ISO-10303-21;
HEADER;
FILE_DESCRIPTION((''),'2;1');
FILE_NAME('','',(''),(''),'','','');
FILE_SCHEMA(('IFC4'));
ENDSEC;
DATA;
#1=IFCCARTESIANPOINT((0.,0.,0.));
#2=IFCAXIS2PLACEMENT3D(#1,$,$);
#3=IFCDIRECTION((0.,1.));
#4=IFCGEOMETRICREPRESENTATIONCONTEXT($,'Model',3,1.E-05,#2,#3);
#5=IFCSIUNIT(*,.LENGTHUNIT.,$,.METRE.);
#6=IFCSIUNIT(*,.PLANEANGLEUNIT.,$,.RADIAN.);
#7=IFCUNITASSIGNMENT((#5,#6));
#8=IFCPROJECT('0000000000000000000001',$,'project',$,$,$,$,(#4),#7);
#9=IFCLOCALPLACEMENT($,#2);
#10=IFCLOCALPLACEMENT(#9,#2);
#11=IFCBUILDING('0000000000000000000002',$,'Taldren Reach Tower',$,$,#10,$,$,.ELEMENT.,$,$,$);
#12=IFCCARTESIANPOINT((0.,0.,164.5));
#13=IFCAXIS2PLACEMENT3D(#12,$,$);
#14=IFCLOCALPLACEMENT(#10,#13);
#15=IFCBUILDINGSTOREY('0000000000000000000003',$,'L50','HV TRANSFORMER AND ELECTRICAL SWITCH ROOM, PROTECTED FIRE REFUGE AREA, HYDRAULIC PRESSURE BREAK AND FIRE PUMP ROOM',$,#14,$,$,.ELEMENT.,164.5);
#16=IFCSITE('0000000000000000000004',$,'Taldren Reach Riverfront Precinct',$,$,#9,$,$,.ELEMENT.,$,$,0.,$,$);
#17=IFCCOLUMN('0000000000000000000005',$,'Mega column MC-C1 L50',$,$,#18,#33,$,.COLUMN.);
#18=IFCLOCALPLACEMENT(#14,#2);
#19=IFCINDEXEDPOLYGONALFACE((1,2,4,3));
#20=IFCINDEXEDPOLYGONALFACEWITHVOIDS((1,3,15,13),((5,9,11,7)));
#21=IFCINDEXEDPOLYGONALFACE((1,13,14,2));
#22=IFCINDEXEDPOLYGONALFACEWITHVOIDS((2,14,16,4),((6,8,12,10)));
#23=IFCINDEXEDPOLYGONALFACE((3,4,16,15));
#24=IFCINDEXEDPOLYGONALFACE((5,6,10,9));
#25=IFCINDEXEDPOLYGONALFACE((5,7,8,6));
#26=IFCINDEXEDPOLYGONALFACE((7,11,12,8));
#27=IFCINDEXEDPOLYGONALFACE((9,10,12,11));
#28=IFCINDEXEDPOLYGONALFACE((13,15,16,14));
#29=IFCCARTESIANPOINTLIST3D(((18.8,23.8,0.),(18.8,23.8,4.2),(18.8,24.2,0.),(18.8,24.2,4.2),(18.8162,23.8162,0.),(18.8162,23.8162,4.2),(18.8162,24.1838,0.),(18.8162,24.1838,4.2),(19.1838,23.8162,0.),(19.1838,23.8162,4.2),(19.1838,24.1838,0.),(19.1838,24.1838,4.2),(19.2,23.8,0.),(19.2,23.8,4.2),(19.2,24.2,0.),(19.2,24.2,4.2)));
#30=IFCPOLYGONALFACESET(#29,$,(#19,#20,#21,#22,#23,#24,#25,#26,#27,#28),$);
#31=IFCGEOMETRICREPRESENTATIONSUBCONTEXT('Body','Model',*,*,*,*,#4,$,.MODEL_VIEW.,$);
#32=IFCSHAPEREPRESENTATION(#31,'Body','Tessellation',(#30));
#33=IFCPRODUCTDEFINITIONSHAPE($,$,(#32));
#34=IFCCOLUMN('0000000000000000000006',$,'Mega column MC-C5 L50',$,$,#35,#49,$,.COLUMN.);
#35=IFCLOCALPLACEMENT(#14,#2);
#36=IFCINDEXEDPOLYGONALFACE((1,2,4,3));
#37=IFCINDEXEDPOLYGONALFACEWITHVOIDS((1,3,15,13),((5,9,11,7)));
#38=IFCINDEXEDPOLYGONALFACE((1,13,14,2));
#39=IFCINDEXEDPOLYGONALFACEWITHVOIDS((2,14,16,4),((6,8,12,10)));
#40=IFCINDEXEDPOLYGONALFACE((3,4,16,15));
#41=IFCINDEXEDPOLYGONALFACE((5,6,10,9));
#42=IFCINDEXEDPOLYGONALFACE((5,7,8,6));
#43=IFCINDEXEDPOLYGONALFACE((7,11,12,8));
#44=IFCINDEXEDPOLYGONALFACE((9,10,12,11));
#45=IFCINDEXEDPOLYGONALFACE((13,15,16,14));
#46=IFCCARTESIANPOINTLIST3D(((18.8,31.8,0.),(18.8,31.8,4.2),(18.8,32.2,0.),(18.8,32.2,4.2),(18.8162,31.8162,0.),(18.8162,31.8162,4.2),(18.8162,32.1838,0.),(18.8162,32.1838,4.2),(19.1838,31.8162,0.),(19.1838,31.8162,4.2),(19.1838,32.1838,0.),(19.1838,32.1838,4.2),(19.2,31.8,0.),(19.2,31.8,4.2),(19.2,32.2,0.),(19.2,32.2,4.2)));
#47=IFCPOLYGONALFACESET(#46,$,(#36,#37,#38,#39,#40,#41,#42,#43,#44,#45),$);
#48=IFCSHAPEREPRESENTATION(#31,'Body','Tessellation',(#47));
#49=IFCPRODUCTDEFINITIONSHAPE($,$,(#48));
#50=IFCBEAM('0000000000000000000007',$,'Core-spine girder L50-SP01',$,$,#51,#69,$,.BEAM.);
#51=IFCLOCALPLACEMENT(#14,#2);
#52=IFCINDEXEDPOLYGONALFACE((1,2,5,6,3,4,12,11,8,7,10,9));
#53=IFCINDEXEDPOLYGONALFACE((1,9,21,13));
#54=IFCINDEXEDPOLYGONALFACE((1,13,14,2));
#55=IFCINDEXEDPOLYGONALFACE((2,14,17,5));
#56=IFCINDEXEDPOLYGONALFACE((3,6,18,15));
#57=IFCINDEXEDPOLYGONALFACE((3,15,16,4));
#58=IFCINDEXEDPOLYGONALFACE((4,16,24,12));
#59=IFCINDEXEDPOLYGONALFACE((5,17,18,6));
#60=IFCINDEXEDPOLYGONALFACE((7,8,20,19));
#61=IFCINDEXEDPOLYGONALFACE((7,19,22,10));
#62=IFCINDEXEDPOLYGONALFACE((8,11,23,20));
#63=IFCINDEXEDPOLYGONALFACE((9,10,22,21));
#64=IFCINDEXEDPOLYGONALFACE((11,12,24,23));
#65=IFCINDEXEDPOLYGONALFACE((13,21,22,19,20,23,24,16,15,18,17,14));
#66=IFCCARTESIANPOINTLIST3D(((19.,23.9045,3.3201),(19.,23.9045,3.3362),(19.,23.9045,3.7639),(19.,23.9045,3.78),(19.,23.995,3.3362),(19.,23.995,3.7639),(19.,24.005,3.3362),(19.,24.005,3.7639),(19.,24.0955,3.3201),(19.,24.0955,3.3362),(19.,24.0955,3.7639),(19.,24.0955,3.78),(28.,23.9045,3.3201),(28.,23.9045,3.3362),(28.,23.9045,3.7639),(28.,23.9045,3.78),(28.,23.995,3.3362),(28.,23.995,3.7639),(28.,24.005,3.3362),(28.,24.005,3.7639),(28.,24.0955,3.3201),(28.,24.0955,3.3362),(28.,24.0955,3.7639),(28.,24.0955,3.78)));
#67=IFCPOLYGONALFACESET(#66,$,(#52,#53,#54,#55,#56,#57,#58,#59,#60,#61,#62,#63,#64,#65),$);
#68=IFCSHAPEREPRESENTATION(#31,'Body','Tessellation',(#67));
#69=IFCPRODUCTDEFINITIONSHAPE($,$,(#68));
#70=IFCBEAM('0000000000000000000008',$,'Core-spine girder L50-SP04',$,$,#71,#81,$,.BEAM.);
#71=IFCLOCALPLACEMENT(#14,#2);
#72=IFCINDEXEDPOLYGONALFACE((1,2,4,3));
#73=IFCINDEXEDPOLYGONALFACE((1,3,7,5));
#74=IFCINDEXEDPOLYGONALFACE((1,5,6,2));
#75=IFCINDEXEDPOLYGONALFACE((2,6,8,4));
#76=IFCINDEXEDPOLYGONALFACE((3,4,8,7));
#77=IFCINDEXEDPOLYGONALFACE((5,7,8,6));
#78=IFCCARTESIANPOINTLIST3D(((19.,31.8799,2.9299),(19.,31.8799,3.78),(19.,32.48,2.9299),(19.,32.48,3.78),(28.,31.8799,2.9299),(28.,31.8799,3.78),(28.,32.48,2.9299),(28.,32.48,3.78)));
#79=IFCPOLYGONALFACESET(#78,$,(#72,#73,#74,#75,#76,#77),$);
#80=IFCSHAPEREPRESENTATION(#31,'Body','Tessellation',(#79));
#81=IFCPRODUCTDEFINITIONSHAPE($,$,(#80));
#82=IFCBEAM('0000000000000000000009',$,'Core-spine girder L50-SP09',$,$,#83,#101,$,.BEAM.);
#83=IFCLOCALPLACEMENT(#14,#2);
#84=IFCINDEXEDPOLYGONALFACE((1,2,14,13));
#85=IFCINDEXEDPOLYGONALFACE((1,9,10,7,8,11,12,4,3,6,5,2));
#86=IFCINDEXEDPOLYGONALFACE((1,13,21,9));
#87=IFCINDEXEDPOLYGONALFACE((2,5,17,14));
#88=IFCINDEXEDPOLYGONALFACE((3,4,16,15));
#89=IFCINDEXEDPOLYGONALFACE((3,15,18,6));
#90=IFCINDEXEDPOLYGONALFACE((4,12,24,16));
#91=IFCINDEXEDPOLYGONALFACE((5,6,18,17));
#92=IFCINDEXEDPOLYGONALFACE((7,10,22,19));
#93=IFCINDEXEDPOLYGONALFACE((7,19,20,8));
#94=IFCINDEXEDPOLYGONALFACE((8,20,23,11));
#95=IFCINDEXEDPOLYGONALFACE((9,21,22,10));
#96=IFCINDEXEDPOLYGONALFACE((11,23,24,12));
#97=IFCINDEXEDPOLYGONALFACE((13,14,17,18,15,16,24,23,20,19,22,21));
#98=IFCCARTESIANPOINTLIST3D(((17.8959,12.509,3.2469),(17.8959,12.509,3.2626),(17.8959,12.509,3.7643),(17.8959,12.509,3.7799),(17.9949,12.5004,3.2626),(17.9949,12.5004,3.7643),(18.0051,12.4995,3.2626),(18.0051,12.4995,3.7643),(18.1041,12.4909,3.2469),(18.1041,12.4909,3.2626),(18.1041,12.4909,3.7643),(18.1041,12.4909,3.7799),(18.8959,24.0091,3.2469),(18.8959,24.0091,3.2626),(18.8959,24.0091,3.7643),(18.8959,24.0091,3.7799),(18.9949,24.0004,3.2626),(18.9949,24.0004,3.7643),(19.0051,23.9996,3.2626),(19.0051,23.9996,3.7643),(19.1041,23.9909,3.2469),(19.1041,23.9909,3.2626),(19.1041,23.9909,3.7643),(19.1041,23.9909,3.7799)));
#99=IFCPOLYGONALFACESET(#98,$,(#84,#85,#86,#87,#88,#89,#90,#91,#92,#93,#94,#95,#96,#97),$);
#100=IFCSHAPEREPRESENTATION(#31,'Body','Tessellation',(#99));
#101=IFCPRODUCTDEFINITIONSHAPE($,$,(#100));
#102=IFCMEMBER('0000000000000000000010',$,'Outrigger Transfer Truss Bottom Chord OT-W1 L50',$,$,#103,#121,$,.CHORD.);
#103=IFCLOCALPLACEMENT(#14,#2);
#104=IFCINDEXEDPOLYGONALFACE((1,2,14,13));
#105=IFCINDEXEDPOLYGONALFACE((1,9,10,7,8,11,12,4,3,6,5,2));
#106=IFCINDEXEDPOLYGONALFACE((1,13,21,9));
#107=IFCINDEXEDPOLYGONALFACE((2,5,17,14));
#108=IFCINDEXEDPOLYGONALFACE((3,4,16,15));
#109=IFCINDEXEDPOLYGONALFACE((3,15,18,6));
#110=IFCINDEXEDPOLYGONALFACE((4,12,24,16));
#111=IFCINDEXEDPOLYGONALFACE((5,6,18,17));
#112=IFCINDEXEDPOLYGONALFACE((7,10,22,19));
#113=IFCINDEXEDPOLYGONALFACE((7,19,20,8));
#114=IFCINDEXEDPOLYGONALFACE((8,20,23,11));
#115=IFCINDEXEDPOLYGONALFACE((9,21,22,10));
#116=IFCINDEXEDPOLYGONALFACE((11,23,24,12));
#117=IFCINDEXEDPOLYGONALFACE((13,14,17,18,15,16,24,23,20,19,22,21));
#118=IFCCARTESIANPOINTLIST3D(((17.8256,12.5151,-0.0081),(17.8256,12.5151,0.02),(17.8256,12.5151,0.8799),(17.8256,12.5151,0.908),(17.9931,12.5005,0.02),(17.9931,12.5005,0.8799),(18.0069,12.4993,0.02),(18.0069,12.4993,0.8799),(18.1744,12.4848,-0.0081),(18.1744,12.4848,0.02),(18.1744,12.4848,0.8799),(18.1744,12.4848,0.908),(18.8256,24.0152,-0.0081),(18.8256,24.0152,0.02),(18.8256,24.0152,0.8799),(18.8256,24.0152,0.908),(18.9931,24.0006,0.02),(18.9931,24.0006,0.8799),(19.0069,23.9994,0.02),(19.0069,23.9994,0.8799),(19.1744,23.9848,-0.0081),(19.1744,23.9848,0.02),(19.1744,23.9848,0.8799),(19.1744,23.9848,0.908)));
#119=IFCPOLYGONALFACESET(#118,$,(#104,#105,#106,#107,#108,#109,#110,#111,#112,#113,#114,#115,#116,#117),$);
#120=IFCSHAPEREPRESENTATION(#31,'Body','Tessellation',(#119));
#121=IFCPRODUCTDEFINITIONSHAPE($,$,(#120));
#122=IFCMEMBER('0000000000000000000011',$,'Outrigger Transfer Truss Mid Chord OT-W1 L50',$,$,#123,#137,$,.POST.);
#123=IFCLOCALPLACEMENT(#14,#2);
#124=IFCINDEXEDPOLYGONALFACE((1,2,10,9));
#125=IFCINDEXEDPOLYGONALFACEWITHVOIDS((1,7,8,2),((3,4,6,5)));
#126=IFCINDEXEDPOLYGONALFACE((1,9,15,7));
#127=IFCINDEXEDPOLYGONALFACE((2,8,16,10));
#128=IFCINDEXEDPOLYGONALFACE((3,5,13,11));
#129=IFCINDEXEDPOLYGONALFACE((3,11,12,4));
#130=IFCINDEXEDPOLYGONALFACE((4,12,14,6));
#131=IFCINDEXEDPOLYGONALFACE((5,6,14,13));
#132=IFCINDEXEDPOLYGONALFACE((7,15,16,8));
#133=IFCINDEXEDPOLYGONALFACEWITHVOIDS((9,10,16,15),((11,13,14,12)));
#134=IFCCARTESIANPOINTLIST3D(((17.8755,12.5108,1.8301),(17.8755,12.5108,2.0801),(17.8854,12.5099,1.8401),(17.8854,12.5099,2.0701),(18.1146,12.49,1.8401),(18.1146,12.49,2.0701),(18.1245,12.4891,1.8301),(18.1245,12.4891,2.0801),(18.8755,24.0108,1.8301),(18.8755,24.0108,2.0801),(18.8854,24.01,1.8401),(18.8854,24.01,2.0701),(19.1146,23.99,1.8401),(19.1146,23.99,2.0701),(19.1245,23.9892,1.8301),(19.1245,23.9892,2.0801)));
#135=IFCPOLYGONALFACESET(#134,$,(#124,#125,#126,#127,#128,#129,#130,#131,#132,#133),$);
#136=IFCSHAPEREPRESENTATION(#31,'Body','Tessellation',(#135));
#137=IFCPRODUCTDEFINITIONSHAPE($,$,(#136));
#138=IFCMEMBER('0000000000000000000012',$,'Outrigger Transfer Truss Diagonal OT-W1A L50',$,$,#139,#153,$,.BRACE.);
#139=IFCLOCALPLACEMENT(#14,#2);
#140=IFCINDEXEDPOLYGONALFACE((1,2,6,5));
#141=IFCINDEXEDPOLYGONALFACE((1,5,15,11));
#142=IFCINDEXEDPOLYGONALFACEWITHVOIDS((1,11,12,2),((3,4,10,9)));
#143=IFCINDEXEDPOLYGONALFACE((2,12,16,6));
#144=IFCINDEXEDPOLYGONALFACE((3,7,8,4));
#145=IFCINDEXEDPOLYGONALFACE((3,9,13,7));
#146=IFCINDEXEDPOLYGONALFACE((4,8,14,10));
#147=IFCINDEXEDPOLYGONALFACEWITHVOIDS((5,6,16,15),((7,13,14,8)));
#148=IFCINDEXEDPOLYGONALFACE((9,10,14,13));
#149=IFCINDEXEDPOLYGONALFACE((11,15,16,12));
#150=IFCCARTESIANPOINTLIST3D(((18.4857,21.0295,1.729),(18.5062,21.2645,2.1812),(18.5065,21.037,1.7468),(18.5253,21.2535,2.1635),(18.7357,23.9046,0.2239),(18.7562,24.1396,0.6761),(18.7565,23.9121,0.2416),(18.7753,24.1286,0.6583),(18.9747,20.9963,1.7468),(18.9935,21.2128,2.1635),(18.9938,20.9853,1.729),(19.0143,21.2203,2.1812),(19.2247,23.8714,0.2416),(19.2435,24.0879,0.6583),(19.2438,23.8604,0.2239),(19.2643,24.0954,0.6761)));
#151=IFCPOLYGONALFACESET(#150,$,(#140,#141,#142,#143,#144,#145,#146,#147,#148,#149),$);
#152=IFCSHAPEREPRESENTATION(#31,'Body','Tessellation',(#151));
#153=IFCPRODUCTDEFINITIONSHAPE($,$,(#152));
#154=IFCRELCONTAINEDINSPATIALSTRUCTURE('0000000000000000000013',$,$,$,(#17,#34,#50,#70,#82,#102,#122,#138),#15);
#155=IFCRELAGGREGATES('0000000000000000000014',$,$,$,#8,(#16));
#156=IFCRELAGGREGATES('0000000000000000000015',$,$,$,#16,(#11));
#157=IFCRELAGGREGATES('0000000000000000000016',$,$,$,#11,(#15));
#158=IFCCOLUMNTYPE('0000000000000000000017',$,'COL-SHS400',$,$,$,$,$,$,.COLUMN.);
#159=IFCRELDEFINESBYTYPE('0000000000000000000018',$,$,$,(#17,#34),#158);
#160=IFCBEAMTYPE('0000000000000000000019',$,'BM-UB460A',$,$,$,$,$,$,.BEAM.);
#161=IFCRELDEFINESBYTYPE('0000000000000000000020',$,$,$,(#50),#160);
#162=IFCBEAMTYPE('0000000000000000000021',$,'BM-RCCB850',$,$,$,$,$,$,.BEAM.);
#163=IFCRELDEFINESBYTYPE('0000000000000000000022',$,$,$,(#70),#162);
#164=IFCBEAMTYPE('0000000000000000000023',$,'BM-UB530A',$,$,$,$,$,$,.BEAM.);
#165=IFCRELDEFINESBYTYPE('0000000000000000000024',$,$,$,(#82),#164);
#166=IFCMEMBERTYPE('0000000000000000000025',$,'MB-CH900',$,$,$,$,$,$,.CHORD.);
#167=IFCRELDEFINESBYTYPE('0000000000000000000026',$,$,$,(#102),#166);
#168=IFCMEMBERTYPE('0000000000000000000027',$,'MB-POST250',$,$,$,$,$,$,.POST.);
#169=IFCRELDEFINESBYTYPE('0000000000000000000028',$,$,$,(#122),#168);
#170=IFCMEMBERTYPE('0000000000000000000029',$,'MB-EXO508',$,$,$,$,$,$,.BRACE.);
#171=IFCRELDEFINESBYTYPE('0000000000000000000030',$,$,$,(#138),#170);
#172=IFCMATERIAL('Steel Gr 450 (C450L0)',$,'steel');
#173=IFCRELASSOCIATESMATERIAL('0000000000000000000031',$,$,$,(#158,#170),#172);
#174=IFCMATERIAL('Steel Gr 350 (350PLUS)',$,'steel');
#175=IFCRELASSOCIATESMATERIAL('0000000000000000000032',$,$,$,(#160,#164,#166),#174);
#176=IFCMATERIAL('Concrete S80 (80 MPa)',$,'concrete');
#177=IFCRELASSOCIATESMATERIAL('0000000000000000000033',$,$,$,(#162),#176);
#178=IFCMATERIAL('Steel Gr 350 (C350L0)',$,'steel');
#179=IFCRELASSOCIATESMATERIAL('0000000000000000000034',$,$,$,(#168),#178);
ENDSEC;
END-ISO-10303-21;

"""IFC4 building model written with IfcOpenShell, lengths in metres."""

from ifc_helpers import new_model, si_unit, direction, frame, origin, origin_2d, place, context, subcontext, project, spatial, rectangle, hollow_rectangle, i_section, extrude, source, transform, mapped, material, material_profile, profile_set, type_object, element, save


model = new_model("IFC4")

# Units and contexts
model_context = context("Model", 3, precision=1e-05, world=origin(), true_north=direction((0.0, 1.0)))
body_context = subcontext(model_context, "Body", "Model", "MODEL_VIEW")
ifc_project = project(units=[si_unit("LENGTHUNIT", "METRE"), si_unit("PLANEANGLEUNIT", "RADIAN")], contexts=[model_context])

# Site, building, storey
site_placement = place(None, origin())
site = spatial("IfcSite", under=ifc_project, at=site_placement, Name="Taldren Reach Riverfront Precinct", CompositionType="ELEMENT", RefElevation=0.0)
building_placement = place(site_placement, origin())
building = spatial("IfcBuilding", under=site, at=building_placement, Name="Taldren Reach Tower", CompositionType="ELEMENT")
storey_placement = place(building_placement, frame((0.0, 0.0, 164.5)))
storey = spatial("IfcBuildingStorey", under=building, at=storey_placement, Name="L50", Description="HV TRANSFORMER AND ELECTRICAL SWITCH ROOM, PROTECTED FIRE REFUGE AREA, HYDRAULIC PRESSURE BREAK AND FIRE PUMP ROOM", CompositionType="ELEMENT", Elevation=164.5)

# Columns
ifc_material_1 = material(Name="Steel Gr 450 (C450L0)", Category="steel")
ifc_material_profile_1 = material_profile(ifc_material_1, hollow_rectangle(XDim=0.3999, YDim=0.3999, WallThickness=0.0161, at=origin_2d()), Name="400x400x16.0SHS")
ifc_profile_set_1 = profile_set([ifc_material_profile_1], Name="Steel Gr 450 (C450L0)")
column_type = type_object("IfcColumnType", Name="COL-SHS400", PredefinedType="COLUMN", material=ifc_profile_set_1)
shared_shape_1 = source(origin(), body_context, "Body", "SweptSolid", [
    extrude(hollow_rectangle(XDim=0.3999, YDim=0.3999, WallThickness=0.0161, at=origin_2d()), origin(), (0.0, 0.0, 1.0), 4.2),
])
for number, where, z_axis, x_axis, name in (
    (1, (19.0, 24.0, 0.0), (0.0, 0.0, 1.0), (1.0, 0.0, 0.0), "Mega column MC-C1 L50"),
    (2, (19.0, 32.0, 0.0), (0.0, 0.0, 1.0), (1.0, 0.0, 0.0), "Mega column MC-C5 L50"),
):
    element("IfcColumn", number, at=place(storey_placement, frame(where, z_axis=z_axis, x_axis=x_axis)), inside=storey, type_object=column_type, Name=name, PredefinedType="COLUMN", context=body_context, shape_type="MappedRepresentation", body=[
        mapped(shared_shape_1, transform((0.0, 0.0, 0.0), scale=1.0)),
    ])

# Beams
ifc_material_2 = material(Name="Steel Gr 350 (350PLUS)", Category="steel")
ifc_material_profile_2 = material_profile(ifc_material_2, i_section(OverallWidth=0.1909, OverallDepth=0.46, WebThickness=0.01, FlangeThickness=0.0161, at=origin_2d()), Name="460UB82.1")
ifc_profile_set_2 = profile_set([ifc_material_profile_2], Name="Steel Gr 350 (350PLUS)")
beam_type_1 = type_object("IfcBeamType", Name="BM-UB460A", PredefinedType="BEAM", material=ifc_profile_set_2)
shared_shape_2 = source(origin(), body_context, "Body", "SweptSolid", [
    extrude(i_section(OverallWidth=0.1909, OverallDepth=0.46, WebThickness=0.01, FlangeThickness=0.0161, at=origin_2d()), origin(), (0.0, 0.0, 1.0), 9.0),
])
beam_1_placement = place(storey_placement, frame((19.0, 24.0, 3.55), z_axis=(1.0, 0.0, 0.0), x_axis=(0.0, 1.0, 0.0)))
element("IfcBeam", 3, at=beam_1_placement, inside=storey, type_object=beam_type_1, Name="Core-spine girder L50-SP01", PredefinedType="BEAM", context=body_context, shape_type="MappedRepresentation", body=[
    mapped(shared_shape_2, transform((0.0, 0.0, 0.0), scale=1.0)),
])
ifc_material_3 = material(Name="Concrete S80 (80 MPa)", Category="concrete")
ifc_material_profile_3 = material_profile(ifc_material_3, rectangle(XDim=0.6001, YDim=0.8501, at=origin_2d()), Name="RC-CB600x850")
ifc_profile_set_3 = profile_set([ifc_material_profile_3], Name="Concrete S80 (80 MPa)")
beam_type_2 = type_object("IfcBeamType", Name="BM-RCCB850", PredefinedType="BEAM", material=ifc_profile_set_3)
shared_shape_3 = source(origin(), body_context, "Body", "SweptSolid", [
    extrude(rectangle(XDim=0.6001, YDim=0.8501, at=origin_2d()), origin(), (0.0, 0.0, 1.0), 9.0),
])
beam_2_placement = place(storey_placement, frame((19.0, 32.1799, 3.355), z_axis=(1.0, 0.0, 0.0), x_axis=(0.0, 1.0, 0.0)))
element("IfcBeam", 4, at=beam_2_placement, inside=storey, type_object=beam_type_2, Name="Core-spine girder L50-SP04", PredefinedType="BEAM", context=body_context, shape_type="MappedRepresentation", body=[
    mapped(shared_shape_3, transform((0.0, 0.0, 0.0), scale=1.0)),
])
ifc_material_profile_4 = material_profile(ifc_material_2, i_section(OverallWidth=0.209, OverallDepth=0.533, WebThickness=0.0103, FlangeThickness=0.0156, at=origin_2d()), Name="530UB92.4")
ifc_profile_set_4 = profile_set([ifc_material_profile_4], Name="Steel Gr 350 (350PLUS)")
beam_type_3 = type_object("IfcBeamType", Name="BM-UB530A", PredefinedType="BEAM", material=ifc_profile_set_4)
shared_shape_4 = source(origin(), body_context, "Body", "SweptSolid", [
    extrude(i_section(OverallWidth=0.209, OverallDepth=0.533, WebThickness=0.0103, FlangeThickness=0.0156, at=origin_2d()), origin(), (0.0, 0.0, 1.0), 11.5435),
])
beam_3_placement = place(storey_placement, frame((19.0, 24.0, 3.5134), z_axis=(-0.08663, -0.996241, 0.0), x_axis=(0.996241, -0.08663, 0.0)))
element("IfcBeam", 5, at=beam_3_placement, inside=storey, type_object=beam_type_3, Name="Core-spine girder L50-SP09", PredefinedType="BEAM", context=body_context, shape_type="MappedRepresentation", body=[
    mapped(shared_shape_4, transform((0.0, 0.0, 0.0), scale=1.0)),
])

# Members
ifc_material_profile_5 = material_profile(ifc_material_2, i_section(OverallWidth=0.3501, OverallDepth=0.916, WebThickness=0.0139, FlangeThickness=0.0281, at=origin_2d()), Name="900WB257")
ifc_profile_set_5 = profile_set([ifc_material_profile_5], Name="Steel Gr 350 (350PLUS)")
member_type_1 = type_object("IfcMemberType", Name="MB-CH900", PredefinedType="CHORD", material=ifc_profile_set_5)
shared_shape_5 = source(origin(), body_context, "Body", "SweptSolid", [
    extrude(i_section(OverallWidth=0.3501, OverallDepth=0.916, WebThickness=0.0139, FlangeThickness=0.0281, at=origin_2d()), origin(), (0.0, 0.0, 1.0), 11.5435),
])
member_1_placement = place(storey_placement, frame((19.0, 24.0, 0.45), z_axis=(-0.08663, -0.996241, 0.0), x_axis=(0.996241, -0.08663, 0.0)))
element("IfcMember", 6, at=member_1_placement, inside=storey, type_object=member_type_1, Name="Outrigger Transfer Truss Bottom Chord OT-W1 L50", PredefinedType="CHORD", context=body_context, shape_type="MappedRepresentation", body=[
    mapped(shared_shape_5, transform((0.0, 0.0, 0.0), scale=1.0)),
])
ifc_material_4 = material(Name="Steel Gr 350 (C350L0)", Category="steel")
ifc_material_profile_6 = material_profile(ifc_material_4, hollow_rectangle(XDim=0.25, YDim=0.25, WallThickness=0.01, at=origin_2d()), Name="250x250x10.0SHS")
ifc_profile_set_6 = profile_set([ifc_material_profile_6], Name="Steel Gr 350 (C350L0)")
member_type_2 = type_object("IfcMemberType", Name="MB-POST250", PredefinedType="POST", material=ifc_profile_set_6)
shared_shape_6 = source(origin(), body_context, "Body", "SweptSolid", [
    extrude(hollow_rectangle(XDim=0.25, YDim=0.25, WallThickness=0.01, at=origin_2d()), origin(), (0.0, 0.0, 1.0), 11.5435),
])
member_2_placement = place(storey_placement, frame((19.0, 24.0, 1.9551), z_axis=(-0.08663, -0.996241, 0.0), x_axis=(0.996241, -0.08663, 0.0)))
element("IfcMember", 7, at=member_2_placement, inside=storey, type_object=member_type_2, Name="Outrigger Transfer Truss Mid Chord OT-W1 L50", PredefinedType="POST", context=body_context, shape_type="MappedRepresentation", body=[
    mapped(shared_shape_6, transform((0.0, 0.0, 0.0), scale=1.0)),
])
ifc_material_profile_7 = material_profile(ifc_material_1, hollow_rectangle(XDim=0.51, YDim=0.51, WallThickness=0.02, at=origin_2d()), Name="510x510x20.0SHS")
ifc_profile_set_7 = profile_set([ifc_material_profile_7], Name="Steel Gr 450 (C450L0)")
member_type_3 = type_object("IfcMemberType", Name="MB-EXO508", PredefinedType="BRACE", material=ifc_profile_set_7)
shared_shape_7 = source(origin(), body_context, "Body", "SweptSolid", [
    extrude(hollow_rectangle(XDim=0.51, YDim=0.51, WallThickness=0.02, at=origin_2d()), origin(), (0.0, 0.0, 1.0), 3.2549),
])
member_3_placement = place(storey_placement, frame((19.0, 24.0, 0.45), z_axis=(-0.07681, -0.883319, 0.462437), x_axis=(0.996241, -0.08663, 0.0)))
element("IfcMember", 8, at=member_3_placement, inside=storey, type_object=member_type_3, Name="Outrigger Transfer Truss Diagonal OT-W1A L50", PredefinedType="BRACE", context=body_context, shape_type="MappedRepresentation", body=[
    mapped(shared_shape_7, transform((0.0, 0.0, 0.0), scale=1.0)),
])

save(model, "model.ifc")
